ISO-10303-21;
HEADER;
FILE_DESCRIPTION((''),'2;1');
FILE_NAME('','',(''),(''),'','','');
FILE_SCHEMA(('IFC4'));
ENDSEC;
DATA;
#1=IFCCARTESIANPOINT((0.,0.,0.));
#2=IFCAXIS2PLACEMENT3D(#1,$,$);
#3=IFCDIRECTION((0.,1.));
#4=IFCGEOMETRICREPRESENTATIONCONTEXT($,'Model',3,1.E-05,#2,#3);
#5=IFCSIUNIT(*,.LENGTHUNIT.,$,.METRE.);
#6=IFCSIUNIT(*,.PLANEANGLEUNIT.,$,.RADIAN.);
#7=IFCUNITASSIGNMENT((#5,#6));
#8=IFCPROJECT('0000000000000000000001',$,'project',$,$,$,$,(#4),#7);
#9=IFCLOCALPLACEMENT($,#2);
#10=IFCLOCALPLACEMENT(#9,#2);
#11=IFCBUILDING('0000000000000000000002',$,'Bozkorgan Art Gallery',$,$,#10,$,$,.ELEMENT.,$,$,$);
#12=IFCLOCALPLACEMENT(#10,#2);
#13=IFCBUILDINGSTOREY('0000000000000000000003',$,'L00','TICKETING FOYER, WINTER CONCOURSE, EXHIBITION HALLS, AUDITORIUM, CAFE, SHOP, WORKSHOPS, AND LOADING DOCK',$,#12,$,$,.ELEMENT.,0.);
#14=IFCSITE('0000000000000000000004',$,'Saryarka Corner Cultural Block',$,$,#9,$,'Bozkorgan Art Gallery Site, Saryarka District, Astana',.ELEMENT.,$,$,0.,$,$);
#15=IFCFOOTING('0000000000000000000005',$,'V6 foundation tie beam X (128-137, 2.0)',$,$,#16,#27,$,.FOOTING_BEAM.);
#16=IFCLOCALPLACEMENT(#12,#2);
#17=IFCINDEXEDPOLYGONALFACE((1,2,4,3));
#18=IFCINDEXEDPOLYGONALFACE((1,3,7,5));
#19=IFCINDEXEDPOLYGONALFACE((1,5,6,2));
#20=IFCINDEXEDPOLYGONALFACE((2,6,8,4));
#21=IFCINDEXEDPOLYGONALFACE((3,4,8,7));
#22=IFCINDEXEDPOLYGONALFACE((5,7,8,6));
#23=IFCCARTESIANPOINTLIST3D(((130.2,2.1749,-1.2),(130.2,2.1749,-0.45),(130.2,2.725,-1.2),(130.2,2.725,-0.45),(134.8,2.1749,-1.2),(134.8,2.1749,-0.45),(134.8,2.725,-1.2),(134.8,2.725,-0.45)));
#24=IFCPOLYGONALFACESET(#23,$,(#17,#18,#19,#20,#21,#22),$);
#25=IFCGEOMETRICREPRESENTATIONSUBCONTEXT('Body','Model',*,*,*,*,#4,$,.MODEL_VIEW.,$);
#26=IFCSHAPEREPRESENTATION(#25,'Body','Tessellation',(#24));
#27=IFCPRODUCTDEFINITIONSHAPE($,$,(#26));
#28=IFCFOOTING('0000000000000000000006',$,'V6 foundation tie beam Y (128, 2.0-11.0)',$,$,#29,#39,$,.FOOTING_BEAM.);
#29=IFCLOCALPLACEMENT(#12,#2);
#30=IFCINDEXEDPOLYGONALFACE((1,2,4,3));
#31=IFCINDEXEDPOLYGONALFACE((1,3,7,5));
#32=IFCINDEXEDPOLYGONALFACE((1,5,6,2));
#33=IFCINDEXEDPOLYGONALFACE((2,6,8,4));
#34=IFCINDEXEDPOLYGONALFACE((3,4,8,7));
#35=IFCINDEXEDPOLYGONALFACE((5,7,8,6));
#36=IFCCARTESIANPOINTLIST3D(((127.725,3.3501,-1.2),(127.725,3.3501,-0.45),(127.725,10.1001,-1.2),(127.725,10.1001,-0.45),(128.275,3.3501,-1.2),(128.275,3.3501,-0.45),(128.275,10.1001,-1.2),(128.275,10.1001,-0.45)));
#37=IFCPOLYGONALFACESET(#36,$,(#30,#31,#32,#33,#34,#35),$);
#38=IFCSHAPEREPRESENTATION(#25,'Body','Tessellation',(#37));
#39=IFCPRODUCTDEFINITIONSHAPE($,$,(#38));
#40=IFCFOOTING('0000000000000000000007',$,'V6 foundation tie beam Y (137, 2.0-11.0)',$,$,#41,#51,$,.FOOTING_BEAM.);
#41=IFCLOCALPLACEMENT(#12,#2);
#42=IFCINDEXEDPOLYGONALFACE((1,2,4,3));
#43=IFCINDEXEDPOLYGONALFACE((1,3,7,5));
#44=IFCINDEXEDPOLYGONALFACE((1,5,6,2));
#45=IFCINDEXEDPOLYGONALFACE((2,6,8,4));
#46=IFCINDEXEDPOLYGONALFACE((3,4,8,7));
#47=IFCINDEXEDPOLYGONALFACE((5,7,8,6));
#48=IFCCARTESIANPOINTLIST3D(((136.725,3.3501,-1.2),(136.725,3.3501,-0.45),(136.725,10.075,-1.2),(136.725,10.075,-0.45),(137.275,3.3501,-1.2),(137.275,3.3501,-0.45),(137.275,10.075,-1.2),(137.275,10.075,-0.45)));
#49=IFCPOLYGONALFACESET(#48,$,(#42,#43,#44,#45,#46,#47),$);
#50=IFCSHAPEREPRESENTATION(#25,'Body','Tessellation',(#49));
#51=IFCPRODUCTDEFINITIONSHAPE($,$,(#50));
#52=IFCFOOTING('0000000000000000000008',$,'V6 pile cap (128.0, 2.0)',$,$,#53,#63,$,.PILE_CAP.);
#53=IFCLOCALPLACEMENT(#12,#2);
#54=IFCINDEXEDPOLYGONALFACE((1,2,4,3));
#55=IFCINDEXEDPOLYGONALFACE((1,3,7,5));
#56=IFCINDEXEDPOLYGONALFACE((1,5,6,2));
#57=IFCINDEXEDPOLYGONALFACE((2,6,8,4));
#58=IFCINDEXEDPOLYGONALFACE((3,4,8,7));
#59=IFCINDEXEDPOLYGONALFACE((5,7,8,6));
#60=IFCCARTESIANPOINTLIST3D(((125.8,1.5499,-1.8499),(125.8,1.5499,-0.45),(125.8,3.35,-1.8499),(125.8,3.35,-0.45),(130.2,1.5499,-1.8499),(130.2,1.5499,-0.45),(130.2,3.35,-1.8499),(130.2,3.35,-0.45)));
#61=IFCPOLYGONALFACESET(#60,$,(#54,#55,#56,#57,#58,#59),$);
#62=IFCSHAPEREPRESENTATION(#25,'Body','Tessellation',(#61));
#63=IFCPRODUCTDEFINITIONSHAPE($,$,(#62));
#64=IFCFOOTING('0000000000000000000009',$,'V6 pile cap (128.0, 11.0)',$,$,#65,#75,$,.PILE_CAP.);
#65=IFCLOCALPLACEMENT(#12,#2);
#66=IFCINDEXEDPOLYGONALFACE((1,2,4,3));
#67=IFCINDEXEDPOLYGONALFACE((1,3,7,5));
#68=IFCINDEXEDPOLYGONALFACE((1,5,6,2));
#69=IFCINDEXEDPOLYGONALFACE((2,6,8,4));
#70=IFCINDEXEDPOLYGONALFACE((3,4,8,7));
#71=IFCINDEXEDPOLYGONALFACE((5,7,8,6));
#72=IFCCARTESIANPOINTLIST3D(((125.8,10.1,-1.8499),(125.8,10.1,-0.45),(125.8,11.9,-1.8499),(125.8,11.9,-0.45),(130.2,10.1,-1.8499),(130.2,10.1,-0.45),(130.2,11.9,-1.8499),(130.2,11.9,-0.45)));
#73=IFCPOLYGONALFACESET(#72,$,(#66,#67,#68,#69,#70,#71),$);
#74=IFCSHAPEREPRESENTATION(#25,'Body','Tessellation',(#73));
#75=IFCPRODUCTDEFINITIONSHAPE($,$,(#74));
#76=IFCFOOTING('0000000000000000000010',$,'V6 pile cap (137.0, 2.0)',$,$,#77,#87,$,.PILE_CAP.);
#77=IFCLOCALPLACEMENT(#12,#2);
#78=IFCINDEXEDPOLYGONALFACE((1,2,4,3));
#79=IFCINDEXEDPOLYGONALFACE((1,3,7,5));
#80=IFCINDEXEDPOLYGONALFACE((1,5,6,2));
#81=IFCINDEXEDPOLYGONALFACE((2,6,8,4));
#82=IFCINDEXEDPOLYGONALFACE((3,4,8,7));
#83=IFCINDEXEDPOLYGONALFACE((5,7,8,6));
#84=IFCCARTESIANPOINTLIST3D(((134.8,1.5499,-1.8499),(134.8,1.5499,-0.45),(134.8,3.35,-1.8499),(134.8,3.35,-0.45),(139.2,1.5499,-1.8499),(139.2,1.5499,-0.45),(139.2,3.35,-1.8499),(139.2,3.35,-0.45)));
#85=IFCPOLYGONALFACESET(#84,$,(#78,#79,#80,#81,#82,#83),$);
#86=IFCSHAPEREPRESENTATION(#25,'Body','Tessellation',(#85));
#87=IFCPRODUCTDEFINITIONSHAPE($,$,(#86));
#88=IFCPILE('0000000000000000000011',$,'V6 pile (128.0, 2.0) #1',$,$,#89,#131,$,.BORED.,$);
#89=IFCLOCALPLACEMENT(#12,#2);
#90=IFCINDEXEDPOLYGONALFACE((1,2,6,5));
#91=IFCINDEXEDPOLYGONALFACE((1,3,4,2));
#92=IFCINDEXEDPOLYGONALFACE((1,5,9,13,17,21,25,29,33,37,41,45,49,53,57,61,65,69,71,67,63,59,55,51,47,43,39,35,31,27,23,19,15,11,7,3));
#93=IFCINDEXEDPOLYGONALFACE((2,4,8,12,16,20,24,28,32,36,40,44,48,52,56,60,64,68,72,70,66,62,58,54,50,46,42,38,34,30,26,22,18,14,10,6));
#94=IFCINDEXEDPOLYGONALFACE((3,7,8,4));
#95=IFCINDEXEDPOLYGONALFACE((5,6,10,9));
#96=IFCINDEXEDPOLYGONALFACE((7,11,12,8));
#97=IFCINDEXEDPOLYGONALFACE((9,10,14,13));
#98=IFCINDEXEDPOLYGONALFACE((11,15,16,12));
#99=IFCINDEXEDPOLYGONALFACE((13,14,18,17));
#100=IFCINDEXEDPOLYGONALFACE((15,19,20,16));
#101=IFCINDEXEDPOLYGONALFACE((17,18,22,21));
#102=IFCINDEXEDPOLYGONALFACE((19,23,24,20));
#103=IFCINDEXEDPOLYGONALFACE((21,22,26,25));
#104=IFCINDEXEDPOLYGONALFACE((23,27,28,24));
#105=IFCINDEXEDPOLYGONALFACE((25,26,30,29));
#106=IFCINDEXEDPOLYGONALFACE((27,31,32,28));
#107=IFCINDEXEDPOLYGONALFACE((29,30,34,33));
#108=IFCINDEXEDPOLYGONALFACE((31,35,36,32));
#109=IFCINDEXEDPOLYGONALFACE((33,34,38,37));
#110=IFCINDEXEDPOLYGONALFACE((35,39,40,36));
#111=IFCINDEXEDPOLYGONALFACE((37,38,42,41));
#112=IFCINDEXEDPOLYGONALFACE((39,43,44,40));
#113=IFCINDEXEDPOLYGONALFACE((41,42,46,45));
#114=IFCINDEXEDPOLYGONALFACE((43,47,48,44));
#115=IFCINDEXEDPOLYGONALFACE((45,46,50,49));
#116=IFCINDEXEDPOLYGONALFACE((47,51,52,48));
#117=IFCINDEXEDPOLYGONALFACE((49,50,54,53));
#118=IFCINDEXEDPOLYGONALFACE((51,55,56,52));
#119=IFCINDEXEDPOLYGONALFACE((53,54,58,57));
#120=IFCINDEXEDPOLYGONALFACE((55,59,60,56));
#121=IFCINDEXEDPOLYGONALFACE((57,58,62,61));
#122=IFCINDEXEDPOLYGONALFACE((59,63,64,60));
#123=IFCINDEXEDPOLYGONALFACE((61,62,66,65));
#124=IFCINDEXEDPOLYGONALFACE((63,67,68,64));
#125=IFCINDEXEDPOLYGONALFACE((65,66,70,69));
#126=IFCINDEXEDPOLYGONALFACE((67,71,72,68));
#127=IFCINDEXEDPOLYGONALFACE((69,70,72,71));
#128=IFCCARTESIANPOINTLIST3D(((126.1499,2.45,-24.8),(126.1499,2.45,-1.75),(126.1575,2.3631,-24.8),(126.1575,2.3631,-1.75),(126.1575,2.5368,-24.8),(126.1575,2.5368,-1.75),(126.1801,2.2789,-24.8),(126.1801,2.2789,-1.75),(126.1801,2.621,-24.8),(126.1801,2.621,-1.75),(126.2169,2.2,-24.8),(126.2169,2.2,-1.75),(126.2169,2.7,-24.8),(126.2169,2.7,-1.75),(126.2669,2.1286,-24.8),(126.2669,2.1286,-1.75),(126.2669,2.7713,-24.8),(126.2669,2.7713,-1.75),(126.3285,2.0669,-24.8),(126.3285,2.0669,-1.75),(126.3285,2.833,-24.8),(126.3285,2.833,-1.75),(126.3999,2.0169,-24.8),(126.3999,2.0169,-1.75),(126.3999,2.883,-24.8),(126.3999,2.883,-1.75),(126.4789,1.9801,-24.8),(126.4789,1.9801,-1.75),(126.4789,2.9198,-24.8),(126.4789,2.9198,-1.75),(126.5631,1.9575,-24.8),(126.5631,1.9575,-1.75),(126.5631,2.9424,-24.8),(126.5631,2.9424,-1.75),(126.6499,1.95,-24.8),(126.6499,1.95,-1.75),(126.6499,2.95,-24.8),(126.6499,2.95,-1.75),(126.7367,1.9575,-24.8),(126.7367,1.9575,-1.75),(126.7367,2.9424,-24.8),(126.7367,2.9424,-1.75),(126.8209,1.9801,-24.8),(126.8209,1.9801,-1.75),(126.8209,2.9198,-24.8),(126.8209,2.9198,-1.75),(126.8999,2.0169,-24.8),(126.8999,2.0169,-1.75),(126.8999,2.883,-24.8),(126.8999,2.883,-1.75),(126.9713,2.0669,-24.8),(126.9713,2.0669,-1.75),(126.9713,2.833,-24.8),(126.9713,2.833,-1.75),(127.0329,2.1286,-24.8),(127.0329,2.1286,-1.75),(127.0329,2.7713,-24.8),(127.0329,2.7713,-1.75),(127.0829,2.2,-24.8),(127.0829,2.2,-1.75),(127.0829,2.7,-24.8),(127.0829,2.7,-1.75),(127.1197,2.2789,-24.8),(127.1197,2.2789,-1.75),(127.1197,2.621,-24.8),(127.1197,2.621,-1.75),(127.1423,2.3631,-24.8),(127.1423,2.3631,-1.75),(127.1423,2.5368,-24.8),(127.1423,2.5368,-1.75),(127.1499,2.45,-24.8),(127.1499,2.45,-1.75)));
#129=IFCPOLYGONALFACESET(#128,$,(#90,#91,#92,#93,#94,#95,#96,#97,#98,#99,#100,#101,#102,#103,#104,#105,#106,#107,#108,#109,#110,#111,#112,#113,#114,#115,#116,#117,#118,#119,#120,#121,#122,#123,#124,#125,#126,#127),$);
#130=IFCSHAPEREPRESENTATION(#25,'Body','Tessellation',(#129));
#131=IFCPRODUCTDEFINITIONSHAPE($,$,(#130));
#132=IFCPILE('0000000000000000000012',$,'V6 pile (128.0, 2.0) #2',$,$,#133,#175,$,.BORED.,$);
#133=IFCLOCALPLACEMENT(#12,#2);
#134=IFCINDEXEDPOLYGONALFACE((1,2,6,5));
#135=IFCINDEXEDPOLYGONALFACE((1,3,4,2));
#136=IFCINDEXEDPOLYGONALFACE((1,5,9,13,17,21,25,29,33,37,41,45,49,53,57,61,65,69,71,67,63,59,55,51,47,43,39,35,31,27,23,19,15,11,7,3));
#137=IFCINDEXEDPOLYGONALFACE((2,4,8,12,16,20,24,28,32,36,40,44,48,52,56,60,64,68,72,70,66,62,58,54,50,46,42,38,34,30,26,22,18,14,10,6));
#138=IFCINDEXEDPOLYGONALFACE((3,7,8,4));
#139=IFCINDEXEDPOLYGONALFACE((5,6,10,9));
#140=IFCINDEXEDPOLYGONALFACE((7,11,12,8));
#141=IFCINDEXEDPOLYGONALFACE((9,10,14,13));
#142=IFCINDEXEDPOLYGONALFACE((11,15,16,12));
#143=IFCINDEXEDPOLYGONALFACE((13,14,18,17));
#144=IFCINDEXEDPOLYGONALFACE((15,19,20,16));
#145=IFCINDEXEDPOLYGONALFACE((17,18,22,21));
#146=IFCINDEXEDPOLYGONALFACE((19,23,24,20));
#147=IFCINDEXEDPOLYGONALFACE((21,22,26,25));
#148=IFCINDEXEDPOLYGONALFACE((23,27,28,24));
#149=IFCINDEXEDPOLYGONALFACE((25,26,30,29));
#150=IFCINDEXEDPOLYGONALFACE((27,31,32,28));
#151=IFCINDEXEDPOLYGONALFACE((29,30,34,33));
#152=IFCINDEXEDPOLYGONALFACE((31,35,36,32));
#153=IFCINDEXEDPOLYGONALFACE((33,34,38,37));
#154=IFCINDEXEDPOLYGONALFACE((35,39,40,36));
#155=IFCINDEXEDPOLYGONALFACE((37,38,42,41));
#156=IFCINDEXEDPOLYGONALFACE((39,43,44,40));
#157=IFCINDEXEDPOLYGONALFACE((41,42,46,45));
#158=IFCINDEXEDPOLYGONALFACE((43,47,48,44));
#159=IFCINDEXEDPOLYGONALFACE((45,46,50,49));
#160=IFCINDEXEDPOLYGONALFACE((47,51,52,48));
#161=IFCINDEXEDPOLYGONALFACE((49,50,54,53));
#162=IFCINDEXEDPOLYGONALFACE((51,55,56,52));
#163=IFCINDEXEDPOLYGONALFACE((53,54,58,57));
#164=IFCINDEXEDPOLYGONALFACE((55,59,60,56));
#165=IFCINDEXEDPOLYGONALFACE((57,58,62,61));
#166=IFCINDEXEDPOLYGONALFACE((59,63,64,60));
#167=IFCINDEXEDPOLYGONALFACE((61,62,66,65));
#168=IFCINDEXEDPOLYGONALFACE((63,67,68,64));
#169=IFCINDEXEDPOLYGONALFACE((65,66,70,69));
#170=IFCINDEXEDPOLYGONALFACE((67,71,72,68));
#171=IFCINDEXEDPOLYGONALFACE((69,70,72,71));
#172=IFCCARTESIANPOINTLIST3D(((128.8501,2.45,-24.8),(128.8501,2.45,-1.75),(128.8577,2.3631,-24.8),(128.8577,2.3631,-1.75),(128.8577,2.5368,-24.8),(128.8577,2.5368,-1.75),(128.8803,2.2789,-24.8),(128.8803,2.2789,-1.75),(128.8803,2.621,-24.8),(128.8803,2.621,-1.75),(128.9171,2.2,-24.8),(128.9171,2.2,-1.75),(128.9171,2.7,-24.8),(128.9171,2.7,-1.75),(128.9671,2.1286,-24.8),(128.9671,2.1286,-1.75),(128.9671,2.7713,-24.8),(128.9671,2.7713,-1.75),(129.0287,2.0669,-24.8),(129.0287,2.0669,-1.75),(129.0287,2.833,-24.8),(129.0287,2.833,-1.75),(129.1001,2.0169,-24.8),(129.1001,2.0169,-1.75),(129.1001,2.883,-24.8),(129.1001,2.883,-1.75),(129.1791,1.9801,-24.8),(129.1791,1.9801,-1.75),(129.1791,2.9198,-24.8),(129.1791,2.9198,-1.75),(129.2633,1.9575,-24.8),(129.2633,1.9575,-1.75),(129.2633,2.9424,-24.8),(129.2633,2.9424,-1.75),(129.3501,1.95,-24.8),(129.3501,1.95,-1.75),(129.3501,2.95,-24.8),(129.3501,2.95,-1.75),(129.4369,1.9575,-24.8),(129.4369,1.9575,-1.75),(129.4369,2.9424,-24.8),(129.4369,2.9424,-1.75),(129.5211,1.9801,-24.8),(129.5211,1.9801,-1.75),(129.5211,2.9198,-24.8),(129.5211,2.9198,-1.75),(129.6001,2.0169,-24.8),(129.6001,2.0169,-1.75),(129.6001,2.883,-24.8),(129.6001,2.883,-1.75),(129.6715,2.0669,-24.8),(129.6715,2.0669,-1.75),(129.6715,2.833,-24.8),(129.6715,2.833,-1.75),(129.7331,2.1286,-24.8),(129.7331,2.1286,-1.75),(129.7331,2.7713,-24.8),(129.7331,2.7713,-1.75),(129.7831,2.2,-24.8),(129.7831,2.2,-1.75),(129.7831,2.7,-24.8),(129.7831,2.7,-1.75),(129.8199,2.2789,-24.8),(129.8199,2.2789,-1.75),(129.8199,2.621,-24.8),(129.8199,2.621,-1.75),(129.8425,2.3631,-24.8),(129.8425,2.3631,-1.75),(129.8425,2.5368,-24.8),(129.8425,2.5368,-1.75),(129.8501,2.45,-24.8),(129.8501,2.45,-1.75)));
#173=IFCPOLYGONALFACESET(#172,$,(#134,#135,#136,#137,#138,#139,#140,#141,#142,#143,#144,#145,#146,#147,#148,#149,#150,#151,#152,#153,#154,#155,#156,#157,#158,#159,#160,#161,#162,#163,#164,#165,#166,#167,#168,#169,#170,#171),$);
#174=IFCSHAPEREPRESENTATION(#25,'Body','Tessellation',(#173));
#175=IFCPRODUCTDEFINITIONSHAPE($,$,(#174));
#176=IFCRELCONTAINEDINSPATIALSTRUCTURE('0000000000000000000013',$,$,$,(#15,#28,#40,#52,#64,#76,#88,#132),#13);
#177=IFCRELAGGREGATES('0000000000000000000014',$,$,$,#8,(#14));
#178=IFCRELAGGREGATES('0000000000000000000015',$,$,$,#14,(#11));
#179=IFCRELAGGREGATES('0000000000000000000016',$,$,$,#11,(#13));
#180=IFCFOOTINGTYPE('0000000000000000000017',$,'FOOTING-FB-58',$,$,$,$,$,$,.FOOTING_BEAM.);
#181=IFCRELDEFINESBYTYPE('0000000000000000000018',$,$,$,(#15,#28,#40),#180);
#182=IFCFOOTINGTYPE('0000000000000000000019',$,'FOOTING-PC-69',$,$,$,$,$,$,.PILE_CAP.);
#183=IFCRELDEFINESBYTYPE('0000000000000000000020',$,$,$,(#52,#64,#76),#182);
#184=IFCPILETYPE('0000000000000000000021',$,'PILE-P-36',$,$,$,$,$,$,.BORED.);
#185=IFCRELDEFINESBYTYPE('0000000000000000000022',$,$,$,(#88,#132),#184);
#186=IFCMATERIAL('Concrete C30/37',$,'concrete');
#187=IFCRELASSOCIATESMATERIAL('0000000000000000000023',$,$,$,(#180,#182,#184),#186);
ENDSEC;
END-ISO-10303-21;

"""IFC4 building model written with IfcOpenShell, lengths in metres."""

from ifc_helpers import new_model, si_unit, direction, frame, origin, origin_2d, place, context, subcontext, project, spatial, rectangle, circle, extrude, material, material_profile, profile_set, type_object, element, save


model = new_model("IFC4")

# Units and contexts
model_context = context("Model", 3, precision=1e-05, world=origin(), true_north=direction((0.0, 1.0)))
body_context = subcontext(model_context, "Body", "Model", "MODEL_VIEW")
ifc_project = project(units=[si_unit("LENGTHUNIT", "METRE"), si_unit("PLANEANGLEUNIT", "RADIAN")], contexts=[model_context])

# Site, building, storey
site_placement = place(None, origin())
site = spatial("IfcSite", under=ifc_project, at=site_placement, Name="Saryarka Corner Cultural Block", LongName="Bozkorgan Art Gallery Site, Saryarka District, Astana", CompositionType="ELEMENT", RefElevation=0.0)
building_placement = place(site_placement, origin())
building = spatial("IfcBuilding", under=site, at=building_placement, Name="Bozkorgan Art Gallery", CompositionType="ELEMENT")
storey_placement = place(building_placement, origin())
storey = spatial("IfcBuildingStorey", under=building, at=storey_placement, Name="L00", Description="TICKETING FOYER, WINTER CONCOURSE, EXHIBITION HALLS, AUDITORIUM, CAFE, SHOP, WORKSHOPS, AND LOADING DOCK", CompositionType="ELEMENT", Elevation=0.0)

# Footings
ifc_material_1 = material(Name="Concrete C30/37", Category="concrete")
ifc_material_profile_1 = material_profile(ifc_material_1, rectangle(XDim=0.55, YDim=0.75, at=origin_2d()), Name="FND 550x750")
ifc_profile_set_1 = profile_set([ifc_material_profile_1], Name="Concrete C30/37")
footing_type_1 = type_object("IfcFootingType", Name="FOOTING-FB-58", PredefinedType="FOOTING_BEAM", material=ifc_profile_set_1)
footing_1_placement = place(storey_placement, frame((130.2, 2.45, -0.825), z_axis=(1.0, 0.0, 0.0), x_axis=(0.0, 1.0, 0.0)))
element("IfcFooting", 1, at=footing_1_placement, inside=storey, type_object=footing_type_1, Name="V6 foundation tie beam X (128-137, 2.0)", PredefinedType="FOOTING_BEAM", context=body_context, shape_type="SweptSolid", body=[
    extrude(rectangle(XDim=0.55, YDim=0.75, at=origin_2d()), origin(), (0.0, 0.0, 1.0), 4.6001),
])
footing_2_placement = place(storey_placement, frame((128.0, 3.3501, -0.825), z_axis=(0.0, 1.0, 0.0), x_axis=(-1.0, 0.0, 0.0)))
element("IfcFooting", 2, at=footing_2_placement, inside=storey, type_object=footing_type_1, Name="V6 foundation tie beam Y (128, 2.0-11.0)", PredefinedType="FOOTING_BEAM", context=body_context, shape_type="SweptSolid", body=[
    extrude(rectangle(XDim=0.55, YDim=0.75, at=origin_2d()), origin(), (0.0, 0.0, 1.0), 6.75),
])
footing_3_placement = place(storey_placement, frame((137.0, 3.3501, -0.825), z_axis=(0.0, 1.0, 0.0), x_axis=(-1.0, 0.0, 0.0)))
element("IfcFooting", 3, at=footing_3_placement, inside=storey, type_object=footing_type_1, Name="V6 foundation tie beam Y (137, 2.0-11.0)", PredefinedType="FOOTING_BEAM", context=body_context, shape_type="SweptSolid", body=[
    extrude(rectangle(XDim=0.55, YDim=0.75, at=origin_2d()), origin(), (0.0, 0.0, 1.0), 6.7249),
])
footing_type_2 = type_object("IfcFootingType", Name="FOOTING-PC-69", PredefinedType="PILE_CAP", material=ifc_material_1)
for number, where, z_axis, x_axis, name in (
    (4, (128.0, 2.45, -1.8499), (0.0, 0.0, 1.0), (1.0, 0.0, 0.0), "V6 pile cap (128.0, 2.0)"),
    (5, (128.0, 11.0, -1.8499), (0.0, 0.0, 1.0), (1.0, 0.0, 0.0), "V6 pile cap (128.0, 11.0)"),
    (6, (137.0, 2.45, -1.8499), (0.0, 0.0, 1.0), (1.0, 0.0, 0.0), "V6 pile cap (137.0, 2.0)"),
):
    element("IfcFooting", number, at=place(storey_placement, frame(where, z_axis=z_axis, x_axis=x_axis)), inside=storey, type_object=footing_type_2, Name=name, PredefinedType="PILE_CAP", context=body_context, shape_type="SweptSolid", body=[
        extrude(rectangle(XDim=4.3999, YDim=1.8, at=origin_2d()), origin(), (0.0, 0.0, 1.0), 1.3999),
    ])

# Piles
ifc_material_profile_2 = material_profile(ifc_material_1, circle(Radius=0.5, at=origin_2d()), Name="PILE D1000")
ifc_profile_set_2 = profile_set([ifc_material_profile_2], Name="Concrete C30/37")
pile_type = type_object("IfcPileType", Name="PILE-P-36", PredefinedType="BORED", material=ifc_profile_set_2)
for number, where, z_axis, x_axis, name in (
    (7, (126.6499, 2.45, -1.75), (0.0, 0.0, -1.0), (1.0, 0.0, 0.0), "V6 pile (128.0, 2.0) #1"),
    (8, (129.3501, 2.45, -1.75), (0.0, 0.0, -1.0), (1.0, 0.0, 0.0), "V6 pile (128.0, 2.0) #2"),
):
    element("IfcPile", number, at=place(storey_placement, frame(where, z_axis=z_axis, x_axis=x_axis)), inside=storey, type_object=pile_type, Name=name, PredefinedType="BORED", context=body_context, shape_type="SweptSolid", body=[
        extrude(circle(Radius=0.5, at=origin_2d()), origin(), (0.0, 0.0, 1.0), 23.05),
    ])

save(model, "model.ifc")
